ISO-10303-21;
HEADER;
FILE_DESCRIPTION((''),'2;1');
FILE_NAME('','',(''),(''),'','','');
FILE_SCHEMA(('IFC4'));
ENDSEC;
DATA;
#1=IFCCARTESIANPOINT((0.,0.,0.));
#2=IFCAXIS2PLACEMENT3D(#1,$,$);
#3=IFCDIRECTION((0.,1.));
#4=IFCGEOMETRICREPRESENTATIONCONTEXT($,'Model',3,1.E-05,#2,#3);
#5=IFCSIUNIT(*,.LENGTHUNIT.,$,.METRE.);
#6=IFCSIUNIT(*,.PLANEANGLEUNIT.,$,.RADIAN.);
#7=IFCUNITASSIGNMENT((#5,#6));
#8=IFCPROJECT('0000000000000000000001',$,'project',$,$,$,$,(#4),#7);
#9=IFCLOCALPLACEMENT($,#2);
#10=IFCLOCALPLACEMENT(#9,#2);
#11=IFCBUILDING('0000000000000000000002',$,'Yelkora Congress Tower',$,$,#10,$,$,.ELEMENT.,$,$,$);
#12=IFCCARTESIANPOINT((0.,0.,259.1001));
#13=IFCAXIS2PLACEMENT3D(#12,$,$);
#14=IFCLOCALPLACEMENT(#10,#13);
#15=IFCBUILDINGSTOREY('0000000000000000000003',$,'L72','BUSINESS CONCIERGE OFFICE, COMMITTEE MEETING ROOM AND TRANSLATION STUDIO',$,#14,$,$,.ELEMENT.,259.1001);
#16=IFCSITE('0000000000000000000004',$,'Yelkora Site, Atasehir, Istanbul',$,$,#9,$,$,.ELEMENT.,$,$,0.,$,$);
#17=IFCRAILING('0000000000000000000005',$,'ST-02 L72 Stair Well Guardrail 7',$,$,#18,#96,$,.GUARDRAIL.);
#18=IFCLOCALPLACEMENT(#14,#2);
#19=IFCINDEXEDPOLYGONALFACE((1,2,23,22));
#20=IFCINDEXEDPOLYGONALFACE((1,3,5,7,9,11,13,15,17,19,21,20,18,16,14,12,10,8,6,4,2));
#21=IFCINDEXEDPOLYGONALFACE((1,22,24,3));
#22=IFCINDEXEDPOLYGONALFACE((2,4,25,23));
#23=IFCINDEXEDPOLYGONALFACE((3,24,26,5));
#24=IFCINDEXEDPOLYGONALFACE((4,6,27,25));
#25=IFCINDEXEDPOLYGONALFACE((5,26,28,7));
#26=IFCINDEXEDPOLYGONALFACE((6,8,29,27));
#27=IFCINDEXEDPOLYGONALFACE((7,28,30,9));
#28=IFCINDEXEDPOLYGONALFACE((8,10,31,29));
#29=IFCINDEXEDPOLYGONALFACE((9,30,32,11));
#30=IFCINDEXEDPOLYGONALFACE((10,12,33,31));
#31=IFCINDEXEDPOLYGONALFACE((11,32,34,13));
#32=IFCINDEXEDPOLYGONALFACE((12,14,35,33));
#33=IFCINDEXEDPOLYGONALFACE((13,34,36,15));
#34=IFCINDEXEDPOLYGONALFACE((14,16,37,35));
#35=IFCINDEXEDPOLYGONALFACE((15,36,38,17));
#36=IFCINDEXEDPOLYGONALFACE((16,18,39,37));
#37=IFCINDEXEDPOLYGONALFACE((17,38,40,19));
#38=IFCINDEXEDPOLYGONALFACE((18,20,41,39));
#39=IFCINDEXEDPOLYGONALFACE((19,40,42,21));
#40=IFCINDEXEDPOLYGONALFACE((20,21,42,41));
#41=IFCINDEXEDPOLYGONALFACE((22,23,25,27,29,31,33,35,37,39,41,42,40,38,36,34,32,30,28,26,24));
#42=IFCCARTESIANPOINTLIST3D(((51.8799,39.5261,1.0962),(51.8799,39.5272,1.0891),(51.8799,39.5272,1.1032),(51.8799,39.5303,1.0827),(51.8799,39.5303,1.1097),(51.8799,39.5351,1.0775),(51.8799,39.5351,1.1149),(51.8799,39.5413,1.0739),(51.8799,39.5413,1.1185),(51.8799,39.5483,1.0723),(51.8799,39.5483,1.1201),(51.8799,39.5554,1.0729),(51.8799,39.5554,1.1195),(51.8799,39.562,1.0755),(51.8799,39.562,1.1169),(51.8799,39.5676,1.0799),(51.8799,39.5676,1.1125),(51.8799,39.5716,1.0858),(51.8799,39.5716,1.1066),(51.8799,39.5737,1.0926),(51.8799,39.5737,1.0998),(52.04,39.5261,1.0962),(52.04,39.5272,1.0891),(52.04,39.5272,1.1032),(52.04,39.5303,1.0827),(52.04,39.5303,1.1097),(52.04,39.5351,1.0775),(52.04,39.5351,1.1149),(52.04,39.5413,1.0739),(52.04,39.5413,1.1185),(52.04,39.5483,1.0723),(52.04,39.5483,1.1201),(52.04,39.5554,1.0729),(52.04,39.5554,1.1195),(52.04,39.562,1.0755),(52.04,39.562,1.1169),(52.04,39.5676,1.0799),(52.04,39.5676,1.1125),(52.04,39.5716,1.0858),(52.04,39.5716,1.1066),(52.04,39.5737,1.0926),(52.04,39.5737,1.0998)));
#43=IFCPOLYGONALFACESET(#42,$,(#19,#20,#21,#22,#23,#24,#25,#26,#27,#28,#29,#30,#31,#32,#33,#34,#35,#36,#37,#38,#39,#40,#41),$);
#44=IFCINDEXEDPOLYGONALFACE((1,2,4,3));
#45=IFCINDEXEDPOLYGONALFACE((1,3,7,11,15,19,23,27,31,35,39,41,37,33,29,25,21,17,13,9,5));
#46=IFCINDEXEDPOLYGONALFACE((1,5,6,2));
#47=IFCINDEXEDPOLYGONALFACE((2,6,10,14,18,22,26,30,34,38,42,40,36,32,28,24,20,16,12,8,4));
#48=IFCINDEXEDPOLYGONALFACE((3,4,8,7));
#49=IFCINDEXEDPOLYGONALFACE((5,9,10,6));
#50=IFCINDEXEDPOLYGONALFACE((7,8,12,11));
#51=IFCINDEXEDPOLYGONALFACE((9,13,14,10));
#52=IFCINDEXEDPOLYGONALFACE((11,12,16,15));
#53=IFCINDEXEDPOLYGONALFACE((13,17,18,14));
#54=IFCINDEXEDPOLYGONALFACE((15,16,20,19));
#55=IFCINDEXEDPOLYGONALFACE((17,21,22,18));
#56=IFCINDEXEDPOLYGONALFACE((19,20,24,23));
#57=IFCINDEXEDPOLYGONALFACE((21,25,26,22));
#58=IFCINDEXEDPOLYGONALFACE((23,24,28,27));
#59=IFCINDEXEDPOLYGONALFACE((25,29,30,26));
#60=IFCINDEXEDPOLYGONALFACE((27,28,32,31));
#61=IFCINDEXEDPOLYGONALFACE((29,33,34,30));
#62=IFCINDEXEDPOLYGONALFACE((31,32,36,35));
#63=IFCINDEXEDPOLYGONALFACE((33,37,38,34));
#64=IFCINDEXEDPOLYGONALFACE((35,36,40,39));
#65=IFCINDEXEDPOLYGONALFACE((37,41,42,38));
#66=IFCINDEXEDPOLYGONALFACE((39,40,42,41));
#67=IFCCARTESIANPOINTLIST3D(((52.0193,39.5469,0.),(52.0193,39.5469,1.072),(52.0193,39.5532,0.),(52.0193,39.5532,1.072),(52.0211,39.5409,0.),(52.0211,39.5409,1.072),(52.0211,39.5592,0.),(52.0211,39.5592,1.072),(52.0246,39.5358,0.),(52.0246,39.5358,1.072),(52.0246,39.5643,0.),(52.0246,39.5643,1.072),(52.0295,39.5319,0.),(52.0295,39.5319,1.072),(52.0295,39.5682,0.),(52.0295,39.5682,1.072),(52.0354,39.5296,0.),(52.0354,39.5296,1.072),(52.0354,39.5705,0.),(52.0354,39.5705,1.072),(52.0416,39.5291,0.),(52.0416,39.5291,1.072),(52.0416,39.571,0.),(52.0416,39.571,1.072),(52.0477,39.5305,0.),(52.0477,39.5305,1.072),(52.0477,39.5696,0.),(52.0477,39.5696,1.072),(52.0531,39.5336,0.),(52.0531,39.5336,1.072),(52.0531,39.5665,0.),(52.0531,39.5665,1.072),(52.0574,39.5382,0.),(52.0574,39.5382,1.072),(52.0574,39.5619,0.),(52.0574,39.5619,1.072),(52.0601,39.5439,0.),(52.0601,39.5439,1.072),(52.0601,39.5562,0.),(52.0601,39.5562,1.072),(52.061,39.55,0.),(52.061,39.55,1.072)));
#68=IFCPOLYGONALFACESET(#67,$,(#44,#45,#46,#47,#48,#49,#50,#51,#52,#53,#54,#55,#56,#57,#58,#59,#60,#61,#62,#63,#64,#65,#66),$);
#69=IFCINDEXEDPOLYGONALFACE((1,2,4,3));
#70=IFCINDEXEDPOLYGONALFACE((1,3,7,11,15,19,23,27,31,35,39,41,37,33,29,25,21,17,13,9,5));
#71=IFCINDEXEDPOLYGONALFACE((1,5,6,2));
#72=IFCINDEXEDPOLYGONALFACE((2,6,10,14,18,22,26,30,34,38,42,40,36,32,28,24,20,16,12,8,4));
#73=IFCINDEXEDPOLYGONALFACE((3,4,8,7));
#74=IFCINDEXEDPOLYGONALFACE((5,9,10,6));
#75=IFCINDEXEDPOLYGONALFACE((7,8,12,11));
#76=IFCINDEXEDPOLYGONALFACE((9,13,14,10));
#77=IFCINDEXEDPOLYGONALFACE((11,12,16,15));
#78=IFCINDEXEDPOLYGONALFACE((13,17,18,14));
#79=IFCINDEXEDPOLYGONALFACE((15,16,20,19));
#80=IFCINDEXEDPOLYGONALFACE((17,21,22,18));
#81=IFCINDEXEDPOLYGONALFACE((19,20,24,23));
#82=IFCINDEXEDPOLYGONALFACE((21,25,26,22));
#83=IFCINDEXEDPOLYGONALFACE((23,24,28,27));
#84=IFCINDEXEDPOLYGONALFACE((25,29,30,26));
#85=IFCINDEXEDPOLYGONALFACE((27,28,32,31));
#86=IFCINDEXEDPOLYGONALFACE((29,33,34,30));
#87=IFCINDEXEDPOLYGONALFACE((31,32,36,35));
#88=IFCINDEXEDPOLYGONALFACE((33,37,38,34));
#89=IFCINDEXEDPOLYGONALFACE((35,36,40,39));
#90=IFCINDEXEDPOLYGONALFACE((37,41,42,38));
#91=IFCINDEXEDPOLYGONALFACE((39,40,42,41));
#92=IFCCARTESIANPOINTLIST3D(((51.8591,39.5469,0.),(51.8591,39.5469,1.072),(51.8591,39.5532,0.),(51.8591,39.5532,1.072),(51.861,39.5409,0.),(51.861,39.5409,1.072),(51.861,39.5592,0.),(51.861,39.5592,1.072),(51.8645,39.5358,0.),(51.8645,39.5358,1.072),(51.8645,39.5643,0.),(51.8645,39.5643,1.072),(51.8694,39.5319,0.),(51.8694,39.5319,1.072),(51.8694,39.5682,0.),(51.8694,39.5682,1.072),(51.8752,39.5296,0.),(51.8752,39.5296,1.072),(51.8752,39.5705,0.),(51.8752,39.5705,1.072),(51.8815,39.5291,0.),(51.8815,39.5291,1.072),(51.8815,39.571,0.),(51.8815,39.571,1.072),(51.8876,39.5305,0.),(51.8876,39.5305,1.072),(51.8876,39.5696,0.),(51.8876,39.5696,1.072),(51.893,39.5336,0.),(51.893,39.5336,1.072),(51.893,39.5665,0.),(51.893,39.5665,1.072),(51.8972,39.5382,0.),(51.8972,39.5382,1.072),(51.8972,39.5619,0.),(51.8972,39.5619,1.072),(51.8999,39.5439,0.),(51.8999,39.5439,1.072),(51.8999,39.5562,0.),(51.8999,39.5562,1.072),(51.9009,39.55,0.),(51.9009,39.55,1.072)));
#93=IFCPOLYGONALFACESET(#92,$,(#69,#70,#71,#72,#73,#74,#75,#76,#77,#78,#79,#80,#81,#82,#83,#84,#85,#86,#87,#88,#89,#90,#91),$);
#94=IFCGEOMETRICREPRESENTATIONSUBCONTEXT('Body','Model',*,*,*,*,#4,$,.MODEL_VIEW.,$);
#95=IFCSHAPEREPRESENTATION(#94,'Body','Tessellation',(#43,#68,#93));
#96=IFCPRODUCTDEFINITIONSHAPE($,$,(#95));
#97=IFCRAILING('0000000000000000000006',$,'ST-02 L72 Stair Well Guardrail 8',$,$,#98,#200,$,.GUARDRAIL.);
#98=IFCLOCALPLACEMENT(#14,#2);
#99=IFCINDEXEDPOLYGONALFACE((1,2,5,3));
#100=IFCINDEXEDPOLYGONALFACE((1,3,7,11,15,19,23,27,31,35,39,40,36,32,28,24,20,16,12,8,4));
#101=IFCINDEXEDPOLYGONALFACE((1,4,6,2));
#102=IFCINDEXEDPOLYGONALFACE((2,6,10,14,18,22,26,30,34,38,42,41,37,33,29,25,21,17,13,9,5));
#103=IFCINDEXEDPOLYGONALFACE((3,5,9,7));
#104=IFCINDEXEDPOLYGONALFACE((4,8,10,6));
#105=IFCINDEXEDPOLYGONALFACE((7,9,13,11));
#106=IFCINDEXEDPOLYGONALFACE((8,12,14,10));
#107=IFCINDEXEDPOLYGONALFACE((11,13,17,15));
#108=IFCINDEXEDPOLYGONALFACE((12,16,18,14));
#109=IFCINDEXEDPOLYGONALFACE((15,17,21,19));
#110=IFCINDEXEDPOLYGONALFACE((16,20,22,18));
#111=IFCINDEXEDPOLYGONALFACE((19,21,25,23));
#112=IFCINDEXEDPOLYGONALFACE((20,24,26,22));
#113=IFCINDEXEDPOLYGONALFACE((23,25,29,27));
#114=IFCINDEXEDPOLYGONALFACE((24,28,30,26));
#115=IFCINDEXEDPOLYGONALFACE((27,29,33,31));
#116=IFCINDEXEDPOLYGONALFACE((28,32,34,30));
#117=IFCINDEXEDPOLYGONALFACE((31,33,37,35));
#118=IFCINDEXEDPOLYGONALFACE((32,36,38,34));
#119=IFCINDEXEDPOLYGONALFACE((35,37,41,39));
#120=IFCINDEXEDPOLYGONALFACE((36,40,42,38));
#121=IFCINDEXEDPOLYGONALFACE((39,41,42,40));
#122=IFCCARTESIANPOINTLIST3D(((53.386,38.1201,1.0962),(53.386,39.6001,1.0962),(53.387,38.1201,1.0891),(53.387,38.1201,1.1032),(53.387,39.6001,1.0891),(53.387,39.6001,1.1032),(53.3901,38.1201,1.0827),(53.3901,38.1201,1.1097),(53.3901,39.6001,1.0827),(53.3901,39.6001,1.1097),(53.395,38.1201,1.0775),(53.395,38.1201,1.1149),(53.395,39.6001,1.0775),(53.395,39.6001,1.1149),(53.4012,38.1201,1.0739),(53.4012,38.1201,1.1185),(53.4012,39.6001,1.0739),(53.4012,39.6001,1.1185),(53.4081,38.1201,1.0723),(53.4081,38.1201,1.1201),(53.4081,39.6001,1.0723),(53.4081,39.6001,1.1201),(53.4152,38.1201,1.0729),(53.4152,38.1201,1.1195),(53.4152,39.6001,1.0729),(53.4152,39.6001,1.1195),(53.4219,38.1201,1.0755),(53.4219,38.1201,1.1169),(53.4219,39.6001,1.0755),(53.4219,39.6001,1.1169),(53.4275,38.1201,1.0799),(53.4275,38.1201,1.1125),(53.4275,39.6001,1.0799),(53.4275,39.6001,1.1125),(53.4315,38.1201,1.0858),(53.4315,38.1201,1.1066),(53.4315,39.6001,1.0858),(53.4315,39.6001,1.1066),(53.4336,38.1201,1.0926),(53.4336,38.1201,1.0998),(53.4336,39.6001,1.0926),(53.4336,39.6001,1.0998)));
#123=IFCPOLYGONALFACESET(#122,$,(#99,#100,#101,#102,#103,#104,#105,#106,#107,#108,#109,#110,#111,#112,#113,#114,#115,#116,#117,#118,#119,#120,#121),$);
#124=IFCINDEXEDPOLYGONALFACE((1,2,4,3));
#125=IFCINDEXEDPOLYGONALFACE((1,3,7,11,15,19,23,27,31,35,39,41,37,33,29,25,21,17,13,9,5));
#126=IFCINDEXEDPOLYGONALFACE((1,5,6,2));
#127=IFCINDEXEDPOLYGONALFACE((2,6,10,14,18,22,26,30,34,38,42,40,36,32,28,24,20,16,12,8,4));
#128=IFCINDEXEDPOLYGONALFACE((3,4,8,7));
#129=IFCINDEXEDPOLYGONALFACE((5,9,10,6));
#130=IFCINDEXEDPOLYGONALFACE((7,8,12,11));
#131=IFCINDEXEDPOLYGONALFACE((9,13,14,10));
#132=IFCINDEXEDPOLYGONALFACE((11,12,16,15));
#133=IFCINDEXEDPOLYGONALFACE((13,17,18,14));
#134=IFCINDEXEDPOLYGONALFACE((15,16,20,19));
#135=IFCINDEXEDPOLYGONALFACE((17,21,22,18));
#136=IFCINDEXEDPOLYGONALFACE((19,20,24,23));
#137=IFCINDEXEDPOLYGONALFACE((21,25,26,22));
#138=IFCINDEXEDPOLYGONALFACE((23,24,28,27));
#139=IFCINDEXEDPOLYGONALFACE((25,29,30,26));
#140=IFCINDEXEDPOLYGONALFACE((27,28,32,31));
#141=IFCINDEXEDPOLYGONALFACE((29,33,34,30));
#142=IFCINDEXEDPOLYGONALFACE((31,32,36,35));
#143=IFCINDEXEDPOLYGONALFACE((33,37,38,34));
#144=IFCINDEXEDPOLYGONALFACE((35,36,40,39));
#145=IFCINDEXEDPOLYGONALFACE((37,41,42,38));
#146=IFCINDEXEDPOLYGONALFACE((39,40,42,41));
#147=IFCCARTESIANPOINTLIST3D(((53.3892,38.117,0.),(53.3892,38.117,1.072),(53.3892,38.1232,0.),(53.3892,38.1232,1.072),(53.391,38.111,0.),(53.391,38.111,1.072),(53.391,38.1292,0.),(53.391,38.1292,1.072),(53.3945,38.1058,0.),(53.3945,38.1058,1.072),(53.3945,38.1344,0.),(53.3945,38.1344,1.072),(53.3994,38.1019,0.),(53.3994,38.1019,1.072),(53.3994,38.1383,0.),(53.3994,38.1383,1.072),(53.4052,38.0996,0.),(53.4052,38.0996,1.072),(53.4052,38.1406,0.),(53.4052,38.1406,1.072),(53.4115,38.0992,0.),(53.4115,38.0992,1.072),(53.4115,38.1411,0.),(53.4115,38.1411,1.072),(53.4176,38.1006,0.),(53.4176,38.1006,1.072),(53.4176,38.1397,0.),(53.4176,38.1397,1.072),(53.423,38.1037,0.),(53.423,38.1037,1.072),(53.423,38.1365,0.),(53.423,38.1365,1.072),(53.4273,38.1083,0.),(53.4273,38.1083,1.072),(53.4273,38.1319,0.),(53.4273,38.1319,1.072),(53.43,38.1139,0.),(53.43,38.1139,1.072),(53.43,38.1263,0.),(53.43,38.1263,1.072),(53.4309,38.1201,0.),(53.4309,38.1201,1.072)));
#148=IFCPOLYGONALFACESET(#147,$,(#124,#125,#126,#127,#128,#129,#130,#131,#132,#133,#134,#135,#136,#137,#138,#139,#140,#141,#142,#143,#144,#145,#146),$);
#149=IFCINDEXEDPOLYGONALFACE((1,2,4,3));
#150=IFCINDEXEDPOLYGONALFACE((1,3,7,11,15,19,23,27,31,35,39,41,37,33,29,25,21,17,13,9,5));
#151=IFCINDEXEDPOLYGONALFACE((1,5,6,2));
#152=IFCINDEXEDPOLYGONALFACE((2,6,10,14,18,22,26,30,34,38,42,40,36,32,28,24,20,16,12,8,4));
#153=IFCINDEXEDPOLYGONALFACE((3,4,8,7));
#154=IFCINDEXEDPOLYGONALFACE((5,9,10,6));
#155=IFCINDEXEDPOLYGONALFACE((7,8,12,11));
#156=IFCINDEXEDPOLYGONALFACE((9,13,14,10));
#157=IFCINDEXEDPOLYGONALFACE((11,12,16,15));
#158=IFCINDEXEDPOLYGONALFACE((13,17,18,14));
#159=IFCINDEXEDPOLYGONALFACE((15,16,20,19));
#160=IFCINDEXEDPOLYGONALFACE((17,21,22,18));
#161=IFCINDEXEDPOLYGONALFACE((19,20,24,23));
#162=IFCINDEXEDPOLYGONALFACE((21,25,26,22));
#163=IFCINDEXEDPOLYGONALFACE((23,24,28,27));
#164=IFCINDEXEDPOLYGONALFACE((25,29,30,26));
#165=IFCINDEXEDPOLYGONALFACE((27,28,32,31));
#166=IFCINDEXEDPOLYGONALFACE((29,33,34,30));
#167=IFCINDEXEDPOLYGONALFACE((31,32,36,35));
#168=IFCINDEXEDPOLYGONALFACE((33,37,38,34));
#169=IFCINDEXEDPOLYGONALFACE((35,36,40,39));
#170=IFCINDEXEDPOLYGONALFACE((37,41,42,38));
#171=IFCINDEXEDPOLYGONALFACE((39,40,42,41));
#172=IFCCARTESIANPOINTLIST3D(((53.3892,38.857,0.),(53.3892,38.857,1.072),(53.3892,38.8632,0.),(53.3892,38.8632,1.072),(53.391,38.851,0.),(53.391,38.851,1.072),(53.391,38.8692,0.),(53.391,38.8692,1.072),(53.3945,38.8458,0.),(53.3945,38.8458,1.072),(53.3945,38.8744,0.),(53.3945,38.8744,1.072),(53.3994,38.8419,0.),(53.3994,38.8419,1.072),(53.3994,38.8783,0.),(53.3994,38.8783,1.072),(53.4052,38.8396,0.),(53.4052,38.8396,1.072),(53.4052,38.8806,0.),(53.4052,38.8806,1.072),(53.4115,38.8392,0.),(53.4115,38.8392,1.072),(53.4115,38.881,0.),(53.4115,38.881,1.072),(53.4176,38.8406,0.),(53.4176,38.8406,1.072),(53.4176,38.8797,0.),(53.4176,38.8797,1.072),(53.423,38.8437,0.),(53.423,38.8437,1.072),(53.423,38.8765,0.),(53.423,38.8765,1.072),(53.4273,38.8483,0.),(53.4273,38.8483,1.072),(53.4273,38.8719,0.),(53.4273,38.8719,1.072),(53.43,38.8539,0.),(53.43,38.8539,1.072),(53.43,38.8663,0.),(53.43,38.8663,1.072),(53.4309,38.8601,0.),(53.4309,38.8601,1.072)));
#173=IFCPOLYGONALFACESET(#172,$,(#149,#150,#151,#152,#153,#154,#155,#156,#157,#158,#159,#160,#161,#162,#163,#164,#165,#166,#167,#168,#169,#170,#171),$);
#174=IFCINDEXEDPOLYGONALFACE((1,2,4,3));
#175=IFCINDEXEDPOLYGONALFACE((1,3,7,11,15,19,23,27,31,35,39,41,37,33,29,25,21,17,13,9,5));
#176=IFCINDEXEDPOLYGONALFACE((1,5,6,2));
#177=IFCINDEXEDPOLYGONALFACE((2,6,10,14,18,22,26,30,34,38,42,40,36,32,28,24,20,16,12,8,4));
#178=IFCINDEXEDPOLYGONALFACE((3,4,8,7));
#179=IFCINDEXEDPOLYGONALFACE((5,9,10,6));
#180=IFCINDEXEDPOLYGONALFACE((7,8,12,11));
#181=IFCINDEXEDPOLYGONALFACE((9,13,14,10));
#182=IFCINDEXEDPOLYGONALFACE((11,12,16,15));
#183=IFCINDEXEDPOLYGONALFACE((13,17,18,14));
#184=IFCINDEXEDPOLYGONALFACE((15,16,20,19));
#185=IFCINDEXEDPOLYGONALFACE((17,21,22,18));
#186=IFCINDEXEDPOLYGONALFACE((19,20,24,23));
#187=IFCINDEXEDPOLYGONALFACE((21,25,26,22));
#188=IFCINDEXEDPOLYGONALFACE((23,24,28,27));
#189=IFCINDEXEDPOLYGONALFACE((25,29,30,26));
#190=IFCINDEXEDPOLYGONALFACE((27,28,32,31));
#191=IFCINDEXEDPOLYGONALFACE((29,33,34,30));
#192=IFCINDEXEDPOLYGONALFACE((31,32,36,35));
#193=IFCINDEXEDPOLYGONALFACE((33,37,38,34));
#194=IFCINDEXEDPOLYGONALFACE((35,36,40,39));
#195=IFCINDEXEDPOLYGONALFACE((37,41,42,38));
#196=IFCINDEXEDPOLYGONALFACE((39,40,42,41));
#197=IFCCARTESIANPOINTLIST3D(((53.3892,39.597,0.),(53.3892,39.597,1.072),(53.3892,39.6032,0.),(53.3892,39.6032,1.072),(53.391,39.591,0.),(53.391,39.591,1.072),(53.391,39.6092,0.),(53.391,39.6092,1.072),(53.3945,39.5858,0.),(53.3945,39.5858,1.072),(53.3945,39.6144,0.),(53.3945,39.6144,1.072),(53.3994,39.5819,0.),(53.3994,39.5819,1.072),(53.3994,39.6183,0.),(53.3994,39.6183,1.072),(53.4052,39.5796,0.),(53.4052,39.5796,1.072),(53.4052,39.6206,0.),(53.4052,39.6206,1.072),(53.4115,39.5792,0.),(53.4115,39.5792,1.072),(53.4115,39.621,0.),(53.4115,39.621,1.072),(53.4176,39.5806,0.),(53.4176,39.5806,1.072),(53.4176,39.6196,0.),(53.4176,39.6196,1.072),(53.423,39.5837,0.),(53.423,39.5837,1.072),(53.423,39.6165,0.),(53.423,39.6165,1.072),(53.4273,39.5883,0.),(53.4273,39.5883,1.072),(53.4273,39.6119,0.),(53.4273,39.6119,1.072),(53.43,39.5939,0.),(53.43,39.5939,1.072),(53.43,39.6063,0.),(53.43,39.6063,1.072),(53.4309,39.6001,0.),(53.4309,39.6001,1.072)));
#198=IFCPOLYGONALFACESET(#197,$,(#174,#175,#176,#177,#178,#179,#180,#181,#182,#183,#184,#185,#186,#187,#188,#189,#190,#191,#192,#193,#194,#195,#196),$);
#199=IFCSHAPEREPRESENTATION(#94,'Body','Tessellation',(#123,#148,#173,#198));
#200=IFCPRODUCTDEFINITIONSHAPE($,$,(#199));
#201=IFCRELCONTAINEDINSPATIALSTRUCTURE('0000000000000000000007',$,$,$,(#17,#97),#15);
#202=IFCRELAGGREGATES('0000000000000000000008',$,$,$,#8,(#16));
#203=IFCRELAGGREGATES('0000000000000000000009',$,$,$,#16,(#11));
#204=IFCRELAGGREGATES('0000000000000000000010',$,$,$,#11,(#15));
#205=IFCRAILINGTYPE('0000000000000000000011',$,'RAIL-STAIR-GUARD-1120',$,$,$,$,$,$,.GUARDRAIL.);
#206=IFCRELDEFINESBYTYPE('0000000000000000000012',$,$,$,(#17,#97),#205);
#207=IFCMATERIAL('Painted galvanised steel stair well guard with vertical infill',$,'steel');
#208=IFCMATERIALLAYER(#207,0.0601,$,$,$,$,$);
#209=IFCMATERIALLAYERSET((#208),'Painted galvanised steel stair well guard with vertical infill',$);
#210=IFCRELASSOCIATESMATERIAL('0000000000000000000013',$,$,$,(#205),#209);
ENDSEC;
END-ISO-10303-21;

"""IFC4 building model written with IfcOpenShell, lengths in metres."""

from ifc_helpers import new_model, si_unit, direction, frame, origin, origin_2d, place, context, subcontext, project, spatial, circle, extrude, material, layer, layer_set, type_object, element, save


model = new_model("IFC4")

# Units and contexts
model_context = context("Model", 3, precision=1e-05, world=origin(), true_north=direction((0.0, 1.0)))
body_context = subcontext(model_context, "Body", "Model", "MODEL_VIEW")
ifc_project = project(units=[si_unit("LENGTHUNIT", "METRE"), si_unit("PLANEANGLEUNIT", "RADIAN")], contexts=[model_context])

# Site, building, storey
site_placement = place(None, origin())
site = spatial("IfcSite", under=ifc_project, at=site_placement, Name="Yelkora Site, Atasehir, Istanbul", CompositionType="ELEMENT", RefElevation=0.0)
building_placement = place(site_placement, origin())
building = spatial("IfcBuilding", under=site, at=building_placement, Name="Yelkora Congress Tower", CompositionType="ELEMENT")
storey_placement = place(building_placement, frame((0.0, 0.0, 259.1001)))
storey = spatial("IfcBuildingStorey", under=building, at=storey_placement, Name="L72", Description="BUSINESS CONCIERGE OFFICE, COMMITTEE MEETING ROOM AND TRANSLATION STUDIO", CompositionType="ELEMENT", Elevation=259.1001)

# Railings
ifc_material_1 = material(Name="Painted galvanised steel stair well guard with vertical infill", Category="steel")
ifc_layer_1 = layer(ifc_material_1, 0.0601)
ifc_layer_set_1 = layer_set([ifc_layer_1], Name="Painted galvanised steel stair well guard with vertical infill")
railing_type_1 = type_object("IfcRailingType", Name="RAIL-STAIR-GUARD-1120", PredefinedType="GUARDRAIL", material=ifc_layer_set_1)
railing_1_placement = place(storey_placement, frame((52.04, 39.55, 0.0)))
element("IfcRailing", 1, at=railing_1_placement, inside=storey, type_object=railing_type_1, Name="ST-02 L72 Stair Well Guardrail 7", PredefinedType="GUARDRAIL", context=body_context, shape_type="SweptSolid", body=[
    extrude(circle(Radius=0.0239, at=origin_2d()), frame((0.0, 0.0, 1.0962), z_axis=(-1.0, 0.0, 0.0), x_axis=(0.0, -1.0, 0.0)), (0.0, 0.0, 1.0), 0.1602),
    extrude(circle(Radius=0.021, at=origin_2d()), origin(), (0.0, 0.0, 1.0), 1.072),
    extrude(circle(Radius=0.021, at=origin_2d()), frame((-0.1602, 0.0, 0.0)), (0.0, 0.0, 1.0), 1.072),
])
for number, where, name in (
    (2, (53.4099, 38.1201, 0.0), "ST-02 L72 Stair Well Guardrail 8"),
):
    element("IfcRailing", number, at=place(storey_placement, frame(where)), inside=storey, type_object=railing_type_1, Name=name, PredefinedType="GUARDRAIL", context=body_context, shape_type="SweptSolid", body=[
        extrude(circle(Radius=0.0239, at=origin_2d()), frame((0.0, 0.0, 1.0962), z_axis=(0.0, 1.0, 0.0), x_axis=(-1.0, 0.0, 0.0)), (0.0, 0.0, 1.0), 1.48),
        extrude(circle(Radius=0.021, at=origin_2d()), origin(), (0.0, 0.0, 1.0), 1.072),
        extrude(circle(Radius=0.021, at=origin_2d()), frame((0.0, 0.74, 0.0)), (0.0, 0.0, 1.0), 1.072),
        extrude(circle(Radius=0.021, at=origin_2d()), frame((0.0, 1.48, 0.0)), (0.0, 0.0, 1.0), 1.072),
    ])

save(model, "model.ifc")
